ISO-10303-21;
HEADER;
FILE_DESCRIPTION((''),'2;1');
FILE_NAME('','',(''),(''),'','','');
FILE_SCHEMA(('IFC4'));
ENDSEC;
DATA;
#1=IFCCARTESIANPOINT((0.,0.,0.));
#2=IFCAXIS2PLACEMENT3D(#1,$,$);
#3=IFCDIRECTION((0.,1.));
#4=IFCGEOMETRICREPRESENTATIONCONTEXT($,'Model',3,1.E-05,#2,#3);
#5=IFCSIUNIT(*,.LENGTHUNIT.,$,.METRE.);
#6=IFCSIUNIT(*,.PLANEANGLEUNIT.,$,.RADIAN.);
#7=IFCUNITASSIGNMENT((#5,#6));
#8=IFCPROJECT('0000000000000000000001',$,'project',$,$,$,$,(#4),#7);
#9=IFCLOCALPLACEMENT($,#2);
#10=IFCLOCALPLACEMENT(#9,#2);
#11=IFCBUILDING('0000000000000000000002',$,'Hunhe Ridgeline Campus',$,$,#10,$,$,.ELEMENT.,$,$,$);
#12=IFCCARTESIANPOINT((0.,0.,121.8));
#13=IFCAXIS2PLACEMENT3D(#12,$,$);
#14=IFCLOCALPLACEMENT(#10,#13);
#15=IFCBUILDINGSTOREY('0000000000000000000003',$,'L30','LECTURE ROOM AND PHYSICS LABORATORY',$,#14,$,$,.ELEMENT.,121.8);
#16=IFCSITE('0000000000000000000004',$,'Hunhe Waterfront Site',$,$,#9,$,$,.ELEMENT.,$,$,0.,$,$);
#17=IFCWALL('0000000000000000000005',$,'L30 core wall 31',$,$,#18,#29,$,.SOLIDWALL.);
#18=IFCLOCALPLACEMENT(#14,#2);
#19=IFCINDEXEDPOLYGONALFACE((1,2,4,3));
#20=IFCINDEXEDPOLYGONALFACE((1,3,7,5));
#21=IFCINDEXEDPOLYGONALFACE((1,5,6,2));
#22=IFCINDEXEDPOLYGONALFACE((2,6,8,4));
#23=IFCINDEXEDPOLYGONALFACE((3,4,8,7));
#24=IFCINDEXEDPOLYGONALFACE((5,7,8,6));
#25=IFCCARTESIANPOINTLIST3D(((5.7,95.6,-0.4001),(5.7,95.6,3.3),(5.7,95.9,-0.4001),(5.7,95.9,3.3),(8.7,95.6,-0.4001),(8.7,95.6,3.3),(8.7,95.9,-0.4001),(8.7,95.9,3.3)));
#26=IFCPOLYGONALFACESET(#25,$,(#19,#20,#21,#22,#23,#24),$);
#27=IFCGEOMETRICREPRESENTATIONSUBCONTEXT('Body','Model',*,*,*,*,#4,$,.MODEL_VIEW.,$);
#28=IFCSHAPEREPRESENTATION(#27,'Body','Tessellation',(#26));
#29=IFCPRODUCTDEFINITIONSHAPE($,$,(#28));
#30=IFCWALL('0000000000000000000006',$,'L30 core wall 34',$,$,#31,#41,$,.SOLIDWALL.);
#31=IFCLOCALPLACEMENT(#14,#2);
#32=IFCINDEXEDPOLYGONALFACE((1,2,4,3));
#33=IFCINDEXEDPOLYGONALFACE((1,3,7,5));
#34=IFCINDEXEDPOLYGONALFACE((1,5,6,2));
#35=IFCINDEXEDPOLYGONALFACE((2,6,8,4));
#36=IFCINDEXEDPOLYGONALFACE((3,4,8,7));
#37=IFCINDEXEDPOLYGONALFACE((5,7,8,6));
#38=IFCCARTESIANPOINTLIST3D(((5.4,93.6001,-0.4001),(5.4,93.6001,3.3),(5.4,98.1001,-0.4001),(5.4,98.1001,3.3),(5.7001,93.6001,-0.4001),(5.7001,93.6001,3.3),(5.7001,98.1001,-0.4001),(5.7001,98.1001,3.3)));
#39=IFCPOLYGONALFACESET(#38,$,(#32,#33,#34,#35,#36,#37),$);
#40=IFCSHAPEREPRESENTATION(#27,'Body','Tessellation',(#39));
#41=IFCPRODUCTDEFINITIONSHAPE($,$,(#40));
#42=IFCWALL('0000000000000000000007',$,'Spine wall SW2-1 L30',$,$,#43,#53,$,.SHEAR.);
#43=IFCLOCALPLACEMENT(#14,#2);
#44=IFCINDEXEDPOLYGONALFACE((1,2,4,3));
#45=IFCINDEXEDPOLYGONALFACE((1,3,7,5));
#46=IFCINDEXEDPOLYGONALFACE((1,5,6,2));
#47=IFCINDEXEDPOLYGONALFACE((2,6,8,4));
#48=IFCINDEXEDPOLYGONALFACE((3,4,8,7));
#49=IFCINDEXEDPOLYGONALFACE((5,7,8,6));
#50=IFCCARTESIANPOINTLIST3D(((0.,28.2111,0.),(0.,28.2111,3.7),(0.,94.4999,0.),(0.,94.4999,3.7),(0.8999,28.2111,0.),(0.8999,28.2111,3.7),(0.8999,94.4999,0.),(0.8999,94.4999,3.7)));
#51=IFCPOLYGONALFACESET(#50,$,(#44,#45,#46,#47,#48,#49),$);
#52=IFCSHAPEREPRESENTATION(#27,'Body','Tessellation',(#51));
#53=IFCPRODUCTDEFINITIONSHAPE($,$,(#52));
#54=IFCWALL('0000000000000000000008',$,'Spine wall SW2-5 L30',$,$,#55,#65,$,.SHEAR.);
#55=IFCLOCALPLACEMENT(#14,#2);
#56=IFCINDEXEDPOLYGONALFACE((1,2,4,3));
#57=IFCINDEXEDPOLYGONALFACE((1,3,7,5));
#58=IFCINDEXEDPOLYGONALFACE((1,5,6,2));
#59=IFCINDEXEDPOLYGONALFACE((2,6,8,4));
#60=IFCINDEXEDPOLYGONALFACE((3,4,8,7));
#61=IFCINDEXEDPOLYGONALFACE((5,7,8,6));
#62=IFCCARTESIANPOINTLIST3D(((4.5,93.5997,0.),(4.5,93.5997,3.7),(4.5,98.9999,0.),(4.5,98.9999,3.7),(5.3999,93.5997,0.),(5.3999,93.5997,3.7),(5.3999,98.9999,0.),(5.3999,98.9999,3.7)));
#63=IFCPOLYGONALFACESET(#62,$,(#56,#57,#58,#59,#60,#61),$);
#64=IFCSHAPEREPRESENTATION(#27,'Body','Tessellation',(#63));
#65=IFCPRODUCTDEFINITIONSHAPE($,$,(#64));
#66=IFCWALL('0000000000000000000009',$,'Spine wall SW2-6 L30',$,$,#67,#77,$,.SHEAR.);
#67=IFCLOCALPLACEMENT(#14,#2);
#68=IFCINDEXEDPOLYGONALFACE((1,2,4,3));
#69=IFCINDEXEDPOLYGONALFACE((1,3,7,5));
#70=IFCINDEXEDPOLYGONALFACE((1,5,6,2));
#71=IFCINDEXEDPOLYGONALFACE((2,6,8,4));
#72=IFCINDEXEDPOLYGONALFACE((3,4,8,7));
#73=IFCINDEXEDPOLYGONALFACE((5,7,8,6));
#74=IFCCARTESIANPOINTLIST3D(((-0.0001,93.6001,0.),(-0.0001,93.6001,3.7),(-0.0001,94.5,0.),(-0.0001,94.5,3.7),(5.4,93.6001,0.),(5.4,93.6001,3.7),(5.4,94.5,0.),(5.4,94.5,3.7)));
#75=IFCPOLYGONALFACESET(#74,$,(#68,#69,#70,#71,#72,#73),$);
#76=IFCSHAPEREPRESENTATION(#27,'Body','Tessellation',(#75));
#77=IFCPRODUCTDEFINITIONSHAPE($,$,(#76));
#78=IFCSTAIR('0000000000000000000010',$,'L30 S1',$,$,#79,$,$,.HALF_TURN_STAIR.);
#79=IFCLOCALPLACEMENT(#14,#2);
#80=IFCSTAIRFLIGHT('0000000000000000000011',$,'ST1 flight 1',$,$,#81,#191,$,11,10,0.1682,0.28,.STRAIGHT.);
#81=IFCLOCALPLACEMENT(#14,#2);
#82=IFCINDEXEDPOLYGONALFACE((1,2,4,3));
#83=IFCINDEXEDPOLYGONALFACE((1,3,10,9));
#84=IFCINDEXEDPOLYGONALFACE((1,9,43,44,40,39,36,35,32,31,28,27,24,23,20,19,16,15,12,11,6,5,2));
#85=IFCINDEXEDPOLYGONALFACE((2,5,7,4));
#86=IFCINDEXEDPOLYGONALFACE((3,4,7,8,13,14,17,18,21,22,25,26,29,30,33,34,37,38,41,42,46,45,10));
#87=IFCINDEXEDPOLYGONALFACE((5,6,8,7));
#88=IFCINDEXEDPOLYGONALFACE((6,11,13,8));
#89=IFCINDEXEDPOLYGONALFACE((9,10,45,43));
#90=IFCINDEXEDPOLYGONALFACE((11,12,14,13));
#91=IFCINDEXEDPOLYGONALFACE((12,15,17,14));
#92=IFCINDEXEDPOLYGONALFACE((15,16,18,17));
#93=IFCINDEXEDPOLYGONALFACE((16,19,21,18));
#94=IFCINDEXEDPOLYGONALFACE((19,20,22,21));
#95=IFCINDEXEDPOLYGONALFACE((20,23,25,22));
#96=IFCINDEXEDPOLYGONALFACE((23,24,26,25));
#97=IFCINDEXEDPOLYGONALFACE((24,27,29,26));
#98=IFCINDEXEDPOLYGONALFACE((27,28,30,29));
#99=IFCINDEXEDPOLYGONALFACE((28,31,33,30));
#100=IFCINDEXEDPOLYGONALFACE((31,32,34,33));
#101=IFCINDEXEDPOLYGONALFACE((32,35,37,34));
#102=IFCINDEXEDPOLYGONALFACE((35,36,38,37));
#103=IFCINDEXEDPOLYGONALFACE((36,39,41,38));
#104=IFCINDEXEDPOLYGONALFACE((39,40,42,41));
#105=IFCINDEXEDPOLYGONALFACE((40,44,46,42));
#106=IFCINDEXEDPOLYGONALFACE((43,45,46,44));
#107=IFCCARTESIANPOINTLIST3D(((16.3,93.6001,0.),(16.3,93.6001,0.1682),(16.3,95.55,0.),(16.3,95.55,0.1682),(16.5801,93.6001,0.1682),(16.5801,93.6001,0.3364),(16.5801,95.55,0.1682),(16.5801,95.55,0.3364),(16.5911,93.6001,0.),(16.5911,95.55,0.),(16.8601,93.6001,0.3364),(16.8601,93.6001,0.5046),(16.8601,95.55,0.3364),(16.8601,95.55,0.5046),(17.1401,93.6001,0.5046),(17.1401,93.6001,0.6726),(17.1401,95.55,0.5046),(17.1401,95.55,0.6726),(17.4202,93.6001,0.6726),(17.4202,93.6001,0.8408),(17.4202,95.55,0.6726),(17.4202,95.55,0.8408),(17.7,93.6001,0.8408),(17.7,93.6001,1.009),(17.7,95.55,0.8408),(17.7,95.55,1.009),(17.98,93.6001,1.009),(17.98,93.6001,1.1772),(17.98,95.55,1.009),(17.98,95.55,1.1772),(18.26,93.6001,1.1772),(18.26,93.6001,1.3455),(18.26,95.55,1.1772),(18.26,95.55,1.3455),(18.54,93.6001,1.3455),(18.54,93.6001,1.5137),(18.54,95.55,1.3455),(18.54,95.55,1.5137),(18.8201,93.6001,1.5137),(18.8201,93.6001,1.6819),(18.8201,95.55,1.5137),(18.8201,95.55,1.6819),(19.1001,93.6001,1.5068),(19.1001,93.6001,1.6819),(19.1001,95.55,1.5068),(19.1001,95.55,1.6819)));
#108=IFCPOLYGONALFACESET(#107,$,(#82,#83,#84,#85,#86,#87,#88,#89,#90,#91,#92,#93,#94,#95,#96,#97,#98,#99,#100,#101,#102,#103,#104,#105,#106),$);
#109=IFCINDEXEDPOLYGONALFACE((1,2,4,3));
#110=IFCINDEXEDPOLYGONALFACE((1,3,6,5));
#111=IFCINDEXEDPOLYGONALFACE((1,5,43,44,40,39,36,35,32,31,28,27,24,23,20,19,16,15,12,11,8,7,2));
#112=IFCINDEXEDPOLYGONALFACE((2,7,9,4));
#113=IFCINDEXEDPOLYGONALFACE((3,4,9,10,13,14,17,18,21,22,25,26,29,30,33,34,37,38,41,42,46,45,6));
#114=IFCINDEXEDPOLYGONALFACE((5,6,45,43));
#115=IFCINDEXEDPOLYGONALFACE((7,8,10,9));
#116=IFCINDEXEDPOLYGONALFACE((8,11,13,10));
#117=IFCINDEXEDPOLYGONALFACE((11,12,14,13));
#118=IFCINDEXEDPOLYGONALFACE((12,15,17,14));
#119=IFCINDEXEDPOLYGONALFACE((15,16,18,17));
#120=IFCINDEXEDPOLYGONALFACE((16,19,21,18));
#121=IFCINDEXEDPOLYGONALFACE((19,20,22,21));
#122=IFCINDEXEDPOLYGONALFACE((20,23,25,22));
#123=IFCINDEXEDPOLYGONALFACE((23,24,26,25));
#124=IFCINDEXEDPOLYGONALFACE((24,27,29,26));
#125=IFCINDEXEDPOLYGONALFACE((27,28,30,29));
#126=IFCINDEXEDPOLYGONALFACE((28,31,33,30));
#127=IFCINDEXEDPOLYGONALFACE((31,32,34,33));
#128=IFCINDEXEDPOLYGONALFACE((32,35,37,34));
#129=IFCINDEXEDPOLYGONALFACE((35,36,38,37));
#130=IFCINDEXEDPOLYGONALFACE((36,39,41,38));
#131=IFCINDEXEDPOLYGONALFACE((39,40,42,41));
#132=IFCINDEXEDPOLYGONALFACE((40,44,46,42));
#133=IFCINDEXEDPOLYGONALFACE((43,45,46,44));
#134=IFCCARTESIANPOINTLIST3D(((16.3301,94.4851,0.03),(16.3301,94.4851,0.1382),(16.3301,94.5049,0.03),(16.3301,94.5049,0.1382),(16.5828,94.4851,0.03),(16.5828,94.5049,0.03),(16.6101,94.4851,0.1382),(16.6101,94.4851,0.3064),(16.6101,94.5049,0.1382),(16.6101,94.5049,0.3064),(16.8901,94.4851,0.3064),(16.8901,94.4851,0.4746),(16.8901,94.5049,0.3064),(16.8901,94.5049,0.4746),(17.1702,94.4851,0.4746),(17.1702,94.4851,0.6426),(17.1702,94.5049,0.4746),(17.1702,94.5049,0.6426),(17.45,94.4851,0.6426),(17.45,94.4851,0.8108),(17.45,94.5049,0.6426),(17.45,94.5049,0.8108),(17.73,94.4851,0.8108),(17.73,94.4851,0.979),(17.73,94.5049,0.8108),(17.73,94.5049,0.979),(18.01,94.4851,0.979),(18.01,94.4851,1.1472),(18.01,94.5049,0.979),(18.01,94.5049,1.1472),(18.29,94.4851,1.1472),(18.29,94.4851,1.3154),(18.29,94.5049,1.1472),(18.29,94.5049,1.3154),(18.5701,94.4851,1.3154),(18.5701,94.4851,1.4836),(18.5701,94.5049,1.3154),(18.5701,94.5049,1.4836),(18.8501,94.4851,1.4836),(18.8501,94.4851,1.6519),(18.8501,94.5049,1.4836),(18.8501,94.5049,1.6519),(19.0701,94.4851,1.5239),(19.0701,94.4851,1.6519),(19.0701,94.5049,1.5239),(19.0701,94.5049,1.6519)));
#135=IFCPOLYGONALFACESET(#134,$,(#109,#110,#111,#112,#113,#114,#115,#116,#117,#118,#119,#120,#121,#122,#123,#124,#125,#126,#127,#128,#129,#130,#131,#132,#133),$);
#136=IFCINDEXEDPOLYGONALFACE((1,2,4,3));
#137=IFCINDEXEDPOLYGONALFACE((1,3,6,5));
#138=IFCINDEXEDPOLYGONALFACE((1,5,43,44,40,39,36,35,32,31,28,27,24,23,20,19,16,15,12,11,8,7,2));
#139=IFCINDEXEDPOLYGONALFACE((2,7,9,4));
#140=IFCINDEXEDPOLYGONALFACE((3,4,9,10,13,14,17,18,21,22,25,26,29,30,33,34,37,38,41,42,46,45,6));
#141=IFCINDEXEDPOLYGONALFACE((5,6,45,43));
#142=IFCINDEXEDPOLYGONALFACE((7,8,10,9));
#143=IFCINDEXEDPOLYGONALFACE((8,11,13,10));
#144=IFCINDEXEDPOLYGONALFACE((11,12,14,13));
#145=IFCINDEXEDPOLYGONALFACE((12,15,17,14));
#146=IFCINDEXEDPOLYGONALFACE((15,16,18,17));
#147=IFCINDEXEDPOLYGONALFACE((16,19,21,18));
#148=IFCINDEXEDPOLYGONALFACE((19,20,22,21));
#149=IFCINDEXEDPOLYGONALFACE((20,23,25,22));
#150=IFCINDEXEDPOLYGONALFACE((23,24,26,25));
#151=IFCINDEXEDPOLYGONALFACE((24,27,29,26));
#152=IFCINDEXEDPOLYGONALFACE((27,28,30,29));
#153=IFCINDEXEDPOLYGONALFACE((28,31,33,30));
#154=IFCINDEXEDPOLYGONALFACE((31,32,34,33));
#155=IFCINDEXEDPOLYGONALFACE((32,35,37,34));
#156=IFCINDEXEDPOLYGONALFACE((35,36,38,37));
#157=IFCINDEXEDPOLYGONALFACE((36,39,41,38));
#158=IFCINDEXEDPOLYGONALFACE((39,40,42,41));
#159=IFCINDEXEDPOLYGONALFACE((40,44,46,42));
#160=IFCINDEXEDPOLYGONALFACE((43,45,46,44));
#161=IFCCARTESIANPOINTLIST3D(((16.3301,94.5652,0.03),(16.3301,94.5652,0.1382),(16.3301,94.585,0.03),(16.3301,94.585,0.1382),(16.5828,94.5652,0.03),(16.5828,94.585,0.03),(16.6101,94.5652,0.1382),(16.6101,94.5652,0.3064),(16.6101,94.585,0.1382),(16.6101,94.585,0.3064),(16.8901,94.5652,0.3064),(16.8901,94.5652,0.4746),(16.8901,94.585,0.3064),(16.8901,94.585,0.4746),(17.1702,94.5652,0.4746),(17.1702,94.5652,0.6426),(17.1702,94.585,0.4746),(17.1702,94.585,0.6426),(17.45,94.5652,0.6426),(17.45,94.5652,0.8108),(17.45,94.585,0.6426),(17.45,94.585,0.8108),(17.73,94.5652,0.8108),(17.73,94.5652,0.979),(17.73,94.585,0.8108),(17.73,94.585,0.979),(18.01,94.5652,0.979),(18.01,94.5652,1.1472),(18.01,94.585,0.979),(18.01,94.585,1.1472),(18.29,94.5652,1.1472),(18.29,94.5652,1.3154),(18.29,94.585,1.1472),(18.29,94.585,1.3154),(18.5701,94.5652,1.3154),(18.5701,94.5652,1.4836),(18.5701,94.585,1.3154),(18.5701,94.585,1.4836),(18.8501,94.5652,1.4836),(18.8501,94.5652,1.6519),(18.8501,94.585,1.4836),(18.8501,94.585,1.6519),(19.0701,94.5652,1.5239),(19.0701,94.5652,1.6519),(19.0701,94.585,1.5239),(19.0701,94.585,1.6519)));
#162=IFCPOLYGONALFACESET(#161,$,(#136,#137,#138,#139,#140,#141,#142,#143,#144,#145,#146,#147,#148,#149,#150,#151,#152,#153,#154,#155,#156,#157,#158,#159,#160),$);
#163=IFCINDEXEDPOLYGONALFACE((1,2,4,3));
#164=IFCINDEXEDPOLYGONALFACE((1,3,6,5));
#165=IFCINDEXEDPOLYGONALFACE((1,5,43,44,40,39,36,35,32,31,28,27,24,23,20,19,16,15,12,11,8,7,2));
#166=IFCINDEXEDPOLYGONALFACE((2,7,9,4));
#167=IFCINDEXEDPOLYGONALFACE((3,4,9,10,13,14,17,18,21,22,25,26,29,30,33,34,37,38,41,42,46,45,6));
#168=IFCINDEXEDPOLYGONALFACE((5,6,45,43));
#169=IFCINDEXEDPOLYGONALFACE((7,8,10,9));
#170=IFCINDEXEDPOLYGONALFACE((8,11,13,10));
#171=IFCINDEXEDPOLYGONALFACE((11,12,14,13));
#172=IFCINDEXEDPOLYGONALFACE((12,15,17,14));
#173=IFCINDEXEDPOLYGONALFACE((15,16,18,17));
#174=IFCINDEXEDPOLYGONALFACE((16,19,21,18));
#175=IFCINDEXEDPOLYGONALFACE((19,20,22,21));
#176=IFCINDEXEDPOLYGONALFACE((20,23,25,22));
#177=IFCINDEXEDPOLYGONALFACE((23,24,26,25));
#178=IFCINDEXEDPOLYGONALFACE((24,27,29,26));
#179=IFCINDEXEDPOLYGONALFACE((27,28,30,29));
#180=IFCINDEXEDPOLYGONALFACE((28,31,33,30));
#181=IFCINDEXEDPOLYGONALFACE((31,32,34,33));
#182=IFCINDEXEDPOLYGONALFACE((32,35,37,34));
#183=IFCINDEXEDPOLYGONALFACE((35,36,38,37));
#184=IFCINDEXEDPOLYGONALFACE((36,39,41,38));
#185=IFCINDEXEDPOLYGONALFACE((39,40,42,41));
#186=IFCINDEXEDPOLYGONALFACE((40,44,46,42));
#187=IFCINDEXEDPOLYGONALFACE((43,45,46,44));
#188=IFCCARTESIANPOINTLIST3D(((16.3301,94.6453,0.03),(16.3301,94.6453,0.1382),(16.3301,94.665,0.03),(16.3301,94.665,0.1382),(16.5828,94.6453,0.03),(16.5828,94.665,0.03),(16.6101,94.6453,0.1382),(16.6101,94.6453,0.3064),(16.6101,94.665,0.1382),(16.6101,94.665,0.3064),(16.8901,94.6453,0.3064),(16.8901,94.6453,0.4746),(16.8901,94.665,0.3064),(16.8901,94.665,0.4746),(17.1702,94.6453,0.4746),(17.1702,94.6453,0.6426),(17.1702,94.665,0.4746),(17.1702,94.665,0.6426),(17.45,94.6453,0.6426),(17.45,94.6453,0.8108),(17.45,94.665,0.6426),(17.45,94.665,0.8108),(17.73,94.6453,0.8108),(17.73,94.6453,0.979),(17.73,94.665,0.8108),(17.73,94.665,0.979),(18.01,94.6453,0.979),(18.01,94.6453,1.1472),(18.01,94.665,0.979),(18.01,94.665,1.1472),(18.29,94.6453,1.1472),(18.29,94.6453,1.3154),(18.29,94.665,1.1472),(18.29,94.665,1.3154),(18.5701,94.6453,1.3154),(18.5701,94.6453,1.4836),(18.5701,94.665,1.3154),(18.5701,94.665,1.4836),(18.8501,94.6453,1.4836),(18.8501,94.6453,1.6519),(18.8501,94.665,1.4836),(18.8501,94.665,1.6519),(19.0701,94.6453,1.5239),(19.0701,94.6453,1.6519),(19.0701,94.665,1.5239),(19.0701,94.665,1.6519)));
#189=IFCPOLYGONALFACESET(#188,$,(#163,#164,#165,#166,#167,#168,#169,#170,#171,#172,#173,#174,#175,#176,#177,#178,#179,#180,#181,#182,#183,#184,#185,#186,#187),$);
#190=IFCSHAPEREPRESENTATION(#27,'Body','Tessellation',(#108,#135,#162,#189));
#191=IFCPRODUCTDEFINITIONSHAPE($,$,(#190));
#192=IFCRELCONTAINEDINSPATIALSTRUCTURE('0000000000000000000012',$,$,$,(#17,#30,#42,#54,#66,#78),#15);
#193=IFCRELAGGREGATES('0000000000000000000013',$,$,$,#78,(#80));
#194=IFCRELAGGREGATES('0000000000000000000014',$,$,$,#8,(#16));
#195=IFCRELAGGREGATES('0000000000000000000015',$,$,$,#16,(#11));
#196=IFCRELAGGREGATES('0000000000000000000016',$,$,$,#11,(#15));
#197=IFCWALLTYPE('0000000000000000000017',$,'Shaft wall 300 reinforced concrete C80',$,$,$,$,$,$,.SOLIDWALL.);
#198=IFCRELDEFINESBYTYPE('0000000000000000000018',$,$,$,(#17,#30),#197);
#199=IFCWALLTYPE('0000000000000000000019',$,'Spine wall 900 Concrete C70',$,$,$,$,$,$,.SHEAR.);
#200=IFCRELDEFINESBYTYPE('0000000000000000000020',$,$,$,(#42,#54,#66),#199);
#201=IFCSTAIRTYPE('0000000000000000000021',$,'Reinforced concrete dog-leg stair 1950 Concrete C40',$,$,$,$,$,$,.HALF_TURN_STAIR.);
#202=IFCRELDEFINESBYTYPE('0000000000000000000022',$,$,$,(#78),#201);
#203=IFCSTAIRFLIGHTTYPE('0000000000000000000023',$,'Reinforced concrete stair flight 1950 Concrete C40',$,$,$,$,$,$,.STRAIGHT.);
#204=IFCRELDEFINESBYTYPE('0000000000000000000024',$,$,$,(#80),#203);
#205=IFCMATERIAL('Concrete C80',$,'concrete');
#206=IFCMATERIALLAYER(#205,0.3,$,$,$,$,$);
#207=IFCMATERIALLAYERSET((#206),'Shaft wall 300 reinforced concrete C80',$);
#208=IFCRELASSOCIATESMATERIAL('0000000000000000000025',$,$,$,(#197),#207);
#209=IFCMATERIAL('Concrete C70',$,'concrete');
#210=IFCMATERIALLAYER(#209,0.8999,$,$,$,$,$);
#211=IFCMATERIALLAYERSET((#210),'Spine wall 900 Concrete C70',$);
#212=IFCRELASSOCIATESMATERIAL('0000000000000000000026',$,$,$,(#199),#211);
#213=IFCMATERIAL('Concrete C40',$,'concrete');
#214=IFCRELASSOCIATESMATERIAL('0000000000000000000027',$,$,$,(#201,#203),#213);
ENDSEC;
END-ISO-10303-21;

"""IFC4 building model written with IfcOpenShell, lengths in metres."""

from ifc_helpers import new_model, si_unit, direction, frame, frame_2d, origin, place, context, subcontext, project, spatial, polyline, rectangle, outline, extrude, material, layer, layer_set, type_object, element, aggregate, save


model = new_model("IFC4")

# Units and contexts
model_context = context("Model", 3, precision=1e-05, world=origin(), true_north=direction((0.0, 1.0)))
body_context = subcontext(model_context, "Body", "Model", "MODEL_VIEW")
ifc_project = project(units=[si_unit("LENGTHUNIT", "METRE"), si_unit("PLANEANGLEUNIT", "RADIAN")], contexts=[model_context])

# Site, building, storey
site_placement = place(None, origin())
site = spatial("IfcSite", under=ifc_project, at=site_placement, Name="Hunhe Waterfront Site", CompositionType="ELEMENT", RefElevation=0.0)
building_placement = place(site_placement, origin())
building = spatial("IfcBuilding", under=site, at=building_placement, Name="Hunhe Ridgeline Campus", CompositionType="ELEMENT")
storey_placement = place(building_placement, frame((0.0, 0.0, 121.8)))
storey = spatial("IfcBuildingStorey", under=building, at=storey_placement, Name="L30", Description="LECTURE ROOM AND PHYSICS LABORATORY", CompositionType="ELEMENT", Elevation=121.8)

# Shared definitions
ifc_material_1 = material(Name="Concrete C80", Category="concrete")
ifc_layer_1 = layer(ifc_material_1, 0.3)
ifc_layer_set_1 = layer_set([ifc_layer_1], Name="Shaft wall 300 reinforced concrete C80")
wall_type_1 = type_object("IfcWallType", Name="Shaft wall 300 reinforced concrete C80", PredefinedType="SOLIDWALL", material=ifc_layer_set_1)

# Walls
wall_1_placement = place(storey_placement, frame((5.7, 95.75, -0.4001), z_axis=(0.0, 0.0, 1.0), x_axis=(1.0, 0.0, 0.0)))
element("IfcWall", 1, at=wall_1_placement, inside=storey, type_object=wall_type_1, Name="L30 core wall 31", PredefinedType="SOLIDWALL", context=body_context, shape_type="SweptSolid", body=[
    extrude(rectangle(XDim=3.0, YDim=0.3, at=frame_2d((1.5, 0.0))), origin(), (0.0, 0.0, 1.0), 3.7002),
])
wall_2_placement = place(storey_placement, frame((5.55, 93.6001, -0.4001), z_axis=(0.0, 0.0, 1.0), x_axis=(0.0, 1.0, 0.0)))
element("IfcWall", 2, at=wall_2_placement, inside=storey, type_object=wall_type_1, Name="L30 core wall 34", PredefinedType="SOLIDWALL", context=body_context, shape_type="SweptSolid", body=[
    extrude(rectangle(XDim=4.5, YDim=0.3, at=frame_2d((2.25, 0.0))), origin(), (0.0, 0.0, 1.0), 3.7002),
])

# Walls
ifc_material_2 = material(Name="Concrete C70", Category="concrete")
ifc_layer_2 = layer(ifc_material_2, 0.8999)
ifc_layer_set_2 = layer_set([ifc_layer_2], Name="Spine wall 900 Concrete C70")
wall_type_2 = type_object("IfcWallType", Name="Spine wall 900 Concrete C70", PredefinedType="SHEAR", material=ifc_layer_set_2)
wall_3_placement = place(storey_placement, frame((0.45, 94.5, 0.0), z_axis=(0.0, 0.0, 1.0), x_axis=(0.0, -1.0, 0.0)))
element("IfcWall", 3, at=wall_3_placement, inside=storey, type_object=wall_type_2, Name="Spine wall SW2-1 L30", PredefinedType="SHEAR", context=body_context, shape_type="SweptSolid", body=[
    extrude(rectangle(XDim=66.2888, YDim=0.8999, at=frame_2d((33.1445, 0.0))), origin(), (0.0, 0.0, 1.0), 3.7),
])
for number, where, z_axis, x_axis, name in (
    (4, (4.95, 99.0, 0.0), (0.0, 0.0, 1.0), (0.0, -1.0, 0.0), "Spine wall SW2-5 L30"),
    (5, (5.4001, 94.05, 0.0), (0.0, 0.0, 1.0), (-1.0, 0.0, 0.0), "Spine wall SW2-6 L30"),
):
    element("IfcWall", number, at=place(storey_placement, frame(where, z_axis=z_axis, x_axis=x_axis)), inside=storey, type_object=wall_type_2, Name=name, PredefinedType="SHEAR", context=body_context, shape_type="SweptSolid", body=[
        extrude(rectangle(XDim=5.4001, YDim=0.8999, at=frame_2d((2.7002, 0.0))), origin(), (0.0, 0.0, 1.0), 3.7),
    ])

# Stair, stair flight
ifc_material_3 = material(Name="Concrete C40", Category="concrete")
stair_type = type_object("IfcStairType", Name="Reinforced concrete dog-leg stair 1950 Concrete C40", PredefinedType="HALF_TURN_STAIR", material=ifc_material_3)
stair_placement = place(storey_placement, origin())
stair = element("IfcStair", 6, at=stair_placement, inside=storey, type_object=stair_type, Name="L30 S1", PredefinedType="HALF_TURN_STAIR")
stair_flight_type = type_object("IfcStairFlightType", Name="Reinforced concrete stair flight 1950 Concrete C40", PredefinedType="STRAIGHT", material=ifc_material_3)
stair_flight_1_placement = place(storey_placement, frame((16.3, 94.575, 0.0), z_axis=(0.0, 0.0, 1.0), x_axis=(1.0, 0.0, 0.0)))
stair_flight_1 = element("IfcStairFlight", 7, at=stair_flight_1_placement, type_object=stair_flight_type, Name="ST1 flight 1", NumberOfRisers=11, NumberOfTreads=10, PredefinedType="STRAIGHT", RiserHeight=0.1682, TreadLength=0.28, context=body_context, shape_type="SweptSolid", body=[
    extrude(outline(polyline([(0.0, 0.0), (0.0, 0.1682), (0.28, 0.1682), (0.28, 0.3364), (0.5601, 0.3364), (0.5601, 0.5046), (0.8401, 0.5046), (0.8401, 0.6726), (1.1201, 0.6726), (1.1201, 0.8408), (1.3999, 0.8408), (1.3999, 1.009), (1.6799, 1.009), (1.6799, 1.1772), (1.96, 1.1772), (1.96, 1.3455), (2.24, 1.3455), (2.24, 1.5137), (2.52, 1.5137), (2.52, 1.6819), (2.8, 1.6819), (2.8, 1.8501), (2.8, 1.5068), (0.291, 0.0), (0.0, 0.0)])), frame((0.0, 0.9751, 0.0), z_axis=(0.0, -1.0, 0.0), x_axis=(1.0, 0.0, 0.0)), (0.0, 0.0, 1.0), 1.95),
    extrude(outline(polyline([(0.03, 0.03), (0.03, 0.1382), (0.3101, 0.1382), (0.3101, 0.3064), (0.5901, 0.3064), (0.5901, 0.4746), (0.8701, 0.4746), (0.8701, 0.6426), (1.1499, 0.6426), (1.1499, 0.8108), (1.4299, 0.8108), (1.4299, 0.979), (1.71, 0.979), (1.71, 1.1472), (1.99, 1.1472), (1.99, 1.3154), (2.27, 1.3154), (2.27, 1.4836), (2.55, 1.4836), (2.55, 1.6519), (2.77, 1.6519), (2.77, 1.5239), (0.2827, 0.03), (0.03, 0.03)])), frame((0.0, -0.0701, 0.0), z_axis=(0.0, -1.0, 0.0), x_axis=(1.0, 0.0, 0.0)), (0.0, 0.0, 1.0), 0.0198),
    extrude(outline(polyline([(0.03, 0.03), (0.03, 0.1382), (0.3101, 0.1382), (0.3101, 0.3064), (0.5901, 0.3064), (0.5901, 0.4746), (0.8701, 0.4746), (0.8701, 0.6426), (1.1499, 0.6426), (1.1499, 0.8108), (1.4299, 0.8108), (1.4299, 0.979), (1.71, 0.979), (1.71, 1.1472), (1.99, 1.1472), (1.99, 1.3154), (2.27, 1.3154), (2.27, 1.4836), (2.55, 1.4836), (2.55, 1.6519), (2.77, 1.6519), (2.77, 1.5239), (0.2827, 0.03), (0.03, 0.03)])), frame((0.0, 0.01, 0.0), z_axis=(0.0, -1.0, 0.0), x_axis=(1.0, 0.0, 0.0)), (0.0, 0.0, 1.0), 0.0198),
    extrude(outline(polyline([(0.03, 0.03), (0.03, 0.1382), (0.3101, 0.1382), (0.3101, 0.3064), (0.5901, 0.3064), (0.5901, 0.4746), (0.8701, 0.4746), (0.8701, 0.6426), (1.1499, 0.6426), (1.1499, 0.8108), (1.4299, 0.8108), (1.4299, 0.979), (1.71, 0.979), (1.71, 1.1472), (1.99, 1.1472), (1.99, 1.3154), (2.27, 1.3154), (2.27, 1.4836), (2.55, 1.4836), (2.55, 1.6519), (2.77, 1.6519), (2.77, 1.5239), (0.2827, 0.03), (0.03, 0.03)])), frame((0.0, 0.0901, 0.0), z_axis=(0.0, -1.0, 0.0), x_axis=(1.0, 0.0, 0.0)), (0.0, 0.0, 1.0), 0.0198),
])
aggregate(stair, [stair_flight_1])

save(model, "model.ifc")
